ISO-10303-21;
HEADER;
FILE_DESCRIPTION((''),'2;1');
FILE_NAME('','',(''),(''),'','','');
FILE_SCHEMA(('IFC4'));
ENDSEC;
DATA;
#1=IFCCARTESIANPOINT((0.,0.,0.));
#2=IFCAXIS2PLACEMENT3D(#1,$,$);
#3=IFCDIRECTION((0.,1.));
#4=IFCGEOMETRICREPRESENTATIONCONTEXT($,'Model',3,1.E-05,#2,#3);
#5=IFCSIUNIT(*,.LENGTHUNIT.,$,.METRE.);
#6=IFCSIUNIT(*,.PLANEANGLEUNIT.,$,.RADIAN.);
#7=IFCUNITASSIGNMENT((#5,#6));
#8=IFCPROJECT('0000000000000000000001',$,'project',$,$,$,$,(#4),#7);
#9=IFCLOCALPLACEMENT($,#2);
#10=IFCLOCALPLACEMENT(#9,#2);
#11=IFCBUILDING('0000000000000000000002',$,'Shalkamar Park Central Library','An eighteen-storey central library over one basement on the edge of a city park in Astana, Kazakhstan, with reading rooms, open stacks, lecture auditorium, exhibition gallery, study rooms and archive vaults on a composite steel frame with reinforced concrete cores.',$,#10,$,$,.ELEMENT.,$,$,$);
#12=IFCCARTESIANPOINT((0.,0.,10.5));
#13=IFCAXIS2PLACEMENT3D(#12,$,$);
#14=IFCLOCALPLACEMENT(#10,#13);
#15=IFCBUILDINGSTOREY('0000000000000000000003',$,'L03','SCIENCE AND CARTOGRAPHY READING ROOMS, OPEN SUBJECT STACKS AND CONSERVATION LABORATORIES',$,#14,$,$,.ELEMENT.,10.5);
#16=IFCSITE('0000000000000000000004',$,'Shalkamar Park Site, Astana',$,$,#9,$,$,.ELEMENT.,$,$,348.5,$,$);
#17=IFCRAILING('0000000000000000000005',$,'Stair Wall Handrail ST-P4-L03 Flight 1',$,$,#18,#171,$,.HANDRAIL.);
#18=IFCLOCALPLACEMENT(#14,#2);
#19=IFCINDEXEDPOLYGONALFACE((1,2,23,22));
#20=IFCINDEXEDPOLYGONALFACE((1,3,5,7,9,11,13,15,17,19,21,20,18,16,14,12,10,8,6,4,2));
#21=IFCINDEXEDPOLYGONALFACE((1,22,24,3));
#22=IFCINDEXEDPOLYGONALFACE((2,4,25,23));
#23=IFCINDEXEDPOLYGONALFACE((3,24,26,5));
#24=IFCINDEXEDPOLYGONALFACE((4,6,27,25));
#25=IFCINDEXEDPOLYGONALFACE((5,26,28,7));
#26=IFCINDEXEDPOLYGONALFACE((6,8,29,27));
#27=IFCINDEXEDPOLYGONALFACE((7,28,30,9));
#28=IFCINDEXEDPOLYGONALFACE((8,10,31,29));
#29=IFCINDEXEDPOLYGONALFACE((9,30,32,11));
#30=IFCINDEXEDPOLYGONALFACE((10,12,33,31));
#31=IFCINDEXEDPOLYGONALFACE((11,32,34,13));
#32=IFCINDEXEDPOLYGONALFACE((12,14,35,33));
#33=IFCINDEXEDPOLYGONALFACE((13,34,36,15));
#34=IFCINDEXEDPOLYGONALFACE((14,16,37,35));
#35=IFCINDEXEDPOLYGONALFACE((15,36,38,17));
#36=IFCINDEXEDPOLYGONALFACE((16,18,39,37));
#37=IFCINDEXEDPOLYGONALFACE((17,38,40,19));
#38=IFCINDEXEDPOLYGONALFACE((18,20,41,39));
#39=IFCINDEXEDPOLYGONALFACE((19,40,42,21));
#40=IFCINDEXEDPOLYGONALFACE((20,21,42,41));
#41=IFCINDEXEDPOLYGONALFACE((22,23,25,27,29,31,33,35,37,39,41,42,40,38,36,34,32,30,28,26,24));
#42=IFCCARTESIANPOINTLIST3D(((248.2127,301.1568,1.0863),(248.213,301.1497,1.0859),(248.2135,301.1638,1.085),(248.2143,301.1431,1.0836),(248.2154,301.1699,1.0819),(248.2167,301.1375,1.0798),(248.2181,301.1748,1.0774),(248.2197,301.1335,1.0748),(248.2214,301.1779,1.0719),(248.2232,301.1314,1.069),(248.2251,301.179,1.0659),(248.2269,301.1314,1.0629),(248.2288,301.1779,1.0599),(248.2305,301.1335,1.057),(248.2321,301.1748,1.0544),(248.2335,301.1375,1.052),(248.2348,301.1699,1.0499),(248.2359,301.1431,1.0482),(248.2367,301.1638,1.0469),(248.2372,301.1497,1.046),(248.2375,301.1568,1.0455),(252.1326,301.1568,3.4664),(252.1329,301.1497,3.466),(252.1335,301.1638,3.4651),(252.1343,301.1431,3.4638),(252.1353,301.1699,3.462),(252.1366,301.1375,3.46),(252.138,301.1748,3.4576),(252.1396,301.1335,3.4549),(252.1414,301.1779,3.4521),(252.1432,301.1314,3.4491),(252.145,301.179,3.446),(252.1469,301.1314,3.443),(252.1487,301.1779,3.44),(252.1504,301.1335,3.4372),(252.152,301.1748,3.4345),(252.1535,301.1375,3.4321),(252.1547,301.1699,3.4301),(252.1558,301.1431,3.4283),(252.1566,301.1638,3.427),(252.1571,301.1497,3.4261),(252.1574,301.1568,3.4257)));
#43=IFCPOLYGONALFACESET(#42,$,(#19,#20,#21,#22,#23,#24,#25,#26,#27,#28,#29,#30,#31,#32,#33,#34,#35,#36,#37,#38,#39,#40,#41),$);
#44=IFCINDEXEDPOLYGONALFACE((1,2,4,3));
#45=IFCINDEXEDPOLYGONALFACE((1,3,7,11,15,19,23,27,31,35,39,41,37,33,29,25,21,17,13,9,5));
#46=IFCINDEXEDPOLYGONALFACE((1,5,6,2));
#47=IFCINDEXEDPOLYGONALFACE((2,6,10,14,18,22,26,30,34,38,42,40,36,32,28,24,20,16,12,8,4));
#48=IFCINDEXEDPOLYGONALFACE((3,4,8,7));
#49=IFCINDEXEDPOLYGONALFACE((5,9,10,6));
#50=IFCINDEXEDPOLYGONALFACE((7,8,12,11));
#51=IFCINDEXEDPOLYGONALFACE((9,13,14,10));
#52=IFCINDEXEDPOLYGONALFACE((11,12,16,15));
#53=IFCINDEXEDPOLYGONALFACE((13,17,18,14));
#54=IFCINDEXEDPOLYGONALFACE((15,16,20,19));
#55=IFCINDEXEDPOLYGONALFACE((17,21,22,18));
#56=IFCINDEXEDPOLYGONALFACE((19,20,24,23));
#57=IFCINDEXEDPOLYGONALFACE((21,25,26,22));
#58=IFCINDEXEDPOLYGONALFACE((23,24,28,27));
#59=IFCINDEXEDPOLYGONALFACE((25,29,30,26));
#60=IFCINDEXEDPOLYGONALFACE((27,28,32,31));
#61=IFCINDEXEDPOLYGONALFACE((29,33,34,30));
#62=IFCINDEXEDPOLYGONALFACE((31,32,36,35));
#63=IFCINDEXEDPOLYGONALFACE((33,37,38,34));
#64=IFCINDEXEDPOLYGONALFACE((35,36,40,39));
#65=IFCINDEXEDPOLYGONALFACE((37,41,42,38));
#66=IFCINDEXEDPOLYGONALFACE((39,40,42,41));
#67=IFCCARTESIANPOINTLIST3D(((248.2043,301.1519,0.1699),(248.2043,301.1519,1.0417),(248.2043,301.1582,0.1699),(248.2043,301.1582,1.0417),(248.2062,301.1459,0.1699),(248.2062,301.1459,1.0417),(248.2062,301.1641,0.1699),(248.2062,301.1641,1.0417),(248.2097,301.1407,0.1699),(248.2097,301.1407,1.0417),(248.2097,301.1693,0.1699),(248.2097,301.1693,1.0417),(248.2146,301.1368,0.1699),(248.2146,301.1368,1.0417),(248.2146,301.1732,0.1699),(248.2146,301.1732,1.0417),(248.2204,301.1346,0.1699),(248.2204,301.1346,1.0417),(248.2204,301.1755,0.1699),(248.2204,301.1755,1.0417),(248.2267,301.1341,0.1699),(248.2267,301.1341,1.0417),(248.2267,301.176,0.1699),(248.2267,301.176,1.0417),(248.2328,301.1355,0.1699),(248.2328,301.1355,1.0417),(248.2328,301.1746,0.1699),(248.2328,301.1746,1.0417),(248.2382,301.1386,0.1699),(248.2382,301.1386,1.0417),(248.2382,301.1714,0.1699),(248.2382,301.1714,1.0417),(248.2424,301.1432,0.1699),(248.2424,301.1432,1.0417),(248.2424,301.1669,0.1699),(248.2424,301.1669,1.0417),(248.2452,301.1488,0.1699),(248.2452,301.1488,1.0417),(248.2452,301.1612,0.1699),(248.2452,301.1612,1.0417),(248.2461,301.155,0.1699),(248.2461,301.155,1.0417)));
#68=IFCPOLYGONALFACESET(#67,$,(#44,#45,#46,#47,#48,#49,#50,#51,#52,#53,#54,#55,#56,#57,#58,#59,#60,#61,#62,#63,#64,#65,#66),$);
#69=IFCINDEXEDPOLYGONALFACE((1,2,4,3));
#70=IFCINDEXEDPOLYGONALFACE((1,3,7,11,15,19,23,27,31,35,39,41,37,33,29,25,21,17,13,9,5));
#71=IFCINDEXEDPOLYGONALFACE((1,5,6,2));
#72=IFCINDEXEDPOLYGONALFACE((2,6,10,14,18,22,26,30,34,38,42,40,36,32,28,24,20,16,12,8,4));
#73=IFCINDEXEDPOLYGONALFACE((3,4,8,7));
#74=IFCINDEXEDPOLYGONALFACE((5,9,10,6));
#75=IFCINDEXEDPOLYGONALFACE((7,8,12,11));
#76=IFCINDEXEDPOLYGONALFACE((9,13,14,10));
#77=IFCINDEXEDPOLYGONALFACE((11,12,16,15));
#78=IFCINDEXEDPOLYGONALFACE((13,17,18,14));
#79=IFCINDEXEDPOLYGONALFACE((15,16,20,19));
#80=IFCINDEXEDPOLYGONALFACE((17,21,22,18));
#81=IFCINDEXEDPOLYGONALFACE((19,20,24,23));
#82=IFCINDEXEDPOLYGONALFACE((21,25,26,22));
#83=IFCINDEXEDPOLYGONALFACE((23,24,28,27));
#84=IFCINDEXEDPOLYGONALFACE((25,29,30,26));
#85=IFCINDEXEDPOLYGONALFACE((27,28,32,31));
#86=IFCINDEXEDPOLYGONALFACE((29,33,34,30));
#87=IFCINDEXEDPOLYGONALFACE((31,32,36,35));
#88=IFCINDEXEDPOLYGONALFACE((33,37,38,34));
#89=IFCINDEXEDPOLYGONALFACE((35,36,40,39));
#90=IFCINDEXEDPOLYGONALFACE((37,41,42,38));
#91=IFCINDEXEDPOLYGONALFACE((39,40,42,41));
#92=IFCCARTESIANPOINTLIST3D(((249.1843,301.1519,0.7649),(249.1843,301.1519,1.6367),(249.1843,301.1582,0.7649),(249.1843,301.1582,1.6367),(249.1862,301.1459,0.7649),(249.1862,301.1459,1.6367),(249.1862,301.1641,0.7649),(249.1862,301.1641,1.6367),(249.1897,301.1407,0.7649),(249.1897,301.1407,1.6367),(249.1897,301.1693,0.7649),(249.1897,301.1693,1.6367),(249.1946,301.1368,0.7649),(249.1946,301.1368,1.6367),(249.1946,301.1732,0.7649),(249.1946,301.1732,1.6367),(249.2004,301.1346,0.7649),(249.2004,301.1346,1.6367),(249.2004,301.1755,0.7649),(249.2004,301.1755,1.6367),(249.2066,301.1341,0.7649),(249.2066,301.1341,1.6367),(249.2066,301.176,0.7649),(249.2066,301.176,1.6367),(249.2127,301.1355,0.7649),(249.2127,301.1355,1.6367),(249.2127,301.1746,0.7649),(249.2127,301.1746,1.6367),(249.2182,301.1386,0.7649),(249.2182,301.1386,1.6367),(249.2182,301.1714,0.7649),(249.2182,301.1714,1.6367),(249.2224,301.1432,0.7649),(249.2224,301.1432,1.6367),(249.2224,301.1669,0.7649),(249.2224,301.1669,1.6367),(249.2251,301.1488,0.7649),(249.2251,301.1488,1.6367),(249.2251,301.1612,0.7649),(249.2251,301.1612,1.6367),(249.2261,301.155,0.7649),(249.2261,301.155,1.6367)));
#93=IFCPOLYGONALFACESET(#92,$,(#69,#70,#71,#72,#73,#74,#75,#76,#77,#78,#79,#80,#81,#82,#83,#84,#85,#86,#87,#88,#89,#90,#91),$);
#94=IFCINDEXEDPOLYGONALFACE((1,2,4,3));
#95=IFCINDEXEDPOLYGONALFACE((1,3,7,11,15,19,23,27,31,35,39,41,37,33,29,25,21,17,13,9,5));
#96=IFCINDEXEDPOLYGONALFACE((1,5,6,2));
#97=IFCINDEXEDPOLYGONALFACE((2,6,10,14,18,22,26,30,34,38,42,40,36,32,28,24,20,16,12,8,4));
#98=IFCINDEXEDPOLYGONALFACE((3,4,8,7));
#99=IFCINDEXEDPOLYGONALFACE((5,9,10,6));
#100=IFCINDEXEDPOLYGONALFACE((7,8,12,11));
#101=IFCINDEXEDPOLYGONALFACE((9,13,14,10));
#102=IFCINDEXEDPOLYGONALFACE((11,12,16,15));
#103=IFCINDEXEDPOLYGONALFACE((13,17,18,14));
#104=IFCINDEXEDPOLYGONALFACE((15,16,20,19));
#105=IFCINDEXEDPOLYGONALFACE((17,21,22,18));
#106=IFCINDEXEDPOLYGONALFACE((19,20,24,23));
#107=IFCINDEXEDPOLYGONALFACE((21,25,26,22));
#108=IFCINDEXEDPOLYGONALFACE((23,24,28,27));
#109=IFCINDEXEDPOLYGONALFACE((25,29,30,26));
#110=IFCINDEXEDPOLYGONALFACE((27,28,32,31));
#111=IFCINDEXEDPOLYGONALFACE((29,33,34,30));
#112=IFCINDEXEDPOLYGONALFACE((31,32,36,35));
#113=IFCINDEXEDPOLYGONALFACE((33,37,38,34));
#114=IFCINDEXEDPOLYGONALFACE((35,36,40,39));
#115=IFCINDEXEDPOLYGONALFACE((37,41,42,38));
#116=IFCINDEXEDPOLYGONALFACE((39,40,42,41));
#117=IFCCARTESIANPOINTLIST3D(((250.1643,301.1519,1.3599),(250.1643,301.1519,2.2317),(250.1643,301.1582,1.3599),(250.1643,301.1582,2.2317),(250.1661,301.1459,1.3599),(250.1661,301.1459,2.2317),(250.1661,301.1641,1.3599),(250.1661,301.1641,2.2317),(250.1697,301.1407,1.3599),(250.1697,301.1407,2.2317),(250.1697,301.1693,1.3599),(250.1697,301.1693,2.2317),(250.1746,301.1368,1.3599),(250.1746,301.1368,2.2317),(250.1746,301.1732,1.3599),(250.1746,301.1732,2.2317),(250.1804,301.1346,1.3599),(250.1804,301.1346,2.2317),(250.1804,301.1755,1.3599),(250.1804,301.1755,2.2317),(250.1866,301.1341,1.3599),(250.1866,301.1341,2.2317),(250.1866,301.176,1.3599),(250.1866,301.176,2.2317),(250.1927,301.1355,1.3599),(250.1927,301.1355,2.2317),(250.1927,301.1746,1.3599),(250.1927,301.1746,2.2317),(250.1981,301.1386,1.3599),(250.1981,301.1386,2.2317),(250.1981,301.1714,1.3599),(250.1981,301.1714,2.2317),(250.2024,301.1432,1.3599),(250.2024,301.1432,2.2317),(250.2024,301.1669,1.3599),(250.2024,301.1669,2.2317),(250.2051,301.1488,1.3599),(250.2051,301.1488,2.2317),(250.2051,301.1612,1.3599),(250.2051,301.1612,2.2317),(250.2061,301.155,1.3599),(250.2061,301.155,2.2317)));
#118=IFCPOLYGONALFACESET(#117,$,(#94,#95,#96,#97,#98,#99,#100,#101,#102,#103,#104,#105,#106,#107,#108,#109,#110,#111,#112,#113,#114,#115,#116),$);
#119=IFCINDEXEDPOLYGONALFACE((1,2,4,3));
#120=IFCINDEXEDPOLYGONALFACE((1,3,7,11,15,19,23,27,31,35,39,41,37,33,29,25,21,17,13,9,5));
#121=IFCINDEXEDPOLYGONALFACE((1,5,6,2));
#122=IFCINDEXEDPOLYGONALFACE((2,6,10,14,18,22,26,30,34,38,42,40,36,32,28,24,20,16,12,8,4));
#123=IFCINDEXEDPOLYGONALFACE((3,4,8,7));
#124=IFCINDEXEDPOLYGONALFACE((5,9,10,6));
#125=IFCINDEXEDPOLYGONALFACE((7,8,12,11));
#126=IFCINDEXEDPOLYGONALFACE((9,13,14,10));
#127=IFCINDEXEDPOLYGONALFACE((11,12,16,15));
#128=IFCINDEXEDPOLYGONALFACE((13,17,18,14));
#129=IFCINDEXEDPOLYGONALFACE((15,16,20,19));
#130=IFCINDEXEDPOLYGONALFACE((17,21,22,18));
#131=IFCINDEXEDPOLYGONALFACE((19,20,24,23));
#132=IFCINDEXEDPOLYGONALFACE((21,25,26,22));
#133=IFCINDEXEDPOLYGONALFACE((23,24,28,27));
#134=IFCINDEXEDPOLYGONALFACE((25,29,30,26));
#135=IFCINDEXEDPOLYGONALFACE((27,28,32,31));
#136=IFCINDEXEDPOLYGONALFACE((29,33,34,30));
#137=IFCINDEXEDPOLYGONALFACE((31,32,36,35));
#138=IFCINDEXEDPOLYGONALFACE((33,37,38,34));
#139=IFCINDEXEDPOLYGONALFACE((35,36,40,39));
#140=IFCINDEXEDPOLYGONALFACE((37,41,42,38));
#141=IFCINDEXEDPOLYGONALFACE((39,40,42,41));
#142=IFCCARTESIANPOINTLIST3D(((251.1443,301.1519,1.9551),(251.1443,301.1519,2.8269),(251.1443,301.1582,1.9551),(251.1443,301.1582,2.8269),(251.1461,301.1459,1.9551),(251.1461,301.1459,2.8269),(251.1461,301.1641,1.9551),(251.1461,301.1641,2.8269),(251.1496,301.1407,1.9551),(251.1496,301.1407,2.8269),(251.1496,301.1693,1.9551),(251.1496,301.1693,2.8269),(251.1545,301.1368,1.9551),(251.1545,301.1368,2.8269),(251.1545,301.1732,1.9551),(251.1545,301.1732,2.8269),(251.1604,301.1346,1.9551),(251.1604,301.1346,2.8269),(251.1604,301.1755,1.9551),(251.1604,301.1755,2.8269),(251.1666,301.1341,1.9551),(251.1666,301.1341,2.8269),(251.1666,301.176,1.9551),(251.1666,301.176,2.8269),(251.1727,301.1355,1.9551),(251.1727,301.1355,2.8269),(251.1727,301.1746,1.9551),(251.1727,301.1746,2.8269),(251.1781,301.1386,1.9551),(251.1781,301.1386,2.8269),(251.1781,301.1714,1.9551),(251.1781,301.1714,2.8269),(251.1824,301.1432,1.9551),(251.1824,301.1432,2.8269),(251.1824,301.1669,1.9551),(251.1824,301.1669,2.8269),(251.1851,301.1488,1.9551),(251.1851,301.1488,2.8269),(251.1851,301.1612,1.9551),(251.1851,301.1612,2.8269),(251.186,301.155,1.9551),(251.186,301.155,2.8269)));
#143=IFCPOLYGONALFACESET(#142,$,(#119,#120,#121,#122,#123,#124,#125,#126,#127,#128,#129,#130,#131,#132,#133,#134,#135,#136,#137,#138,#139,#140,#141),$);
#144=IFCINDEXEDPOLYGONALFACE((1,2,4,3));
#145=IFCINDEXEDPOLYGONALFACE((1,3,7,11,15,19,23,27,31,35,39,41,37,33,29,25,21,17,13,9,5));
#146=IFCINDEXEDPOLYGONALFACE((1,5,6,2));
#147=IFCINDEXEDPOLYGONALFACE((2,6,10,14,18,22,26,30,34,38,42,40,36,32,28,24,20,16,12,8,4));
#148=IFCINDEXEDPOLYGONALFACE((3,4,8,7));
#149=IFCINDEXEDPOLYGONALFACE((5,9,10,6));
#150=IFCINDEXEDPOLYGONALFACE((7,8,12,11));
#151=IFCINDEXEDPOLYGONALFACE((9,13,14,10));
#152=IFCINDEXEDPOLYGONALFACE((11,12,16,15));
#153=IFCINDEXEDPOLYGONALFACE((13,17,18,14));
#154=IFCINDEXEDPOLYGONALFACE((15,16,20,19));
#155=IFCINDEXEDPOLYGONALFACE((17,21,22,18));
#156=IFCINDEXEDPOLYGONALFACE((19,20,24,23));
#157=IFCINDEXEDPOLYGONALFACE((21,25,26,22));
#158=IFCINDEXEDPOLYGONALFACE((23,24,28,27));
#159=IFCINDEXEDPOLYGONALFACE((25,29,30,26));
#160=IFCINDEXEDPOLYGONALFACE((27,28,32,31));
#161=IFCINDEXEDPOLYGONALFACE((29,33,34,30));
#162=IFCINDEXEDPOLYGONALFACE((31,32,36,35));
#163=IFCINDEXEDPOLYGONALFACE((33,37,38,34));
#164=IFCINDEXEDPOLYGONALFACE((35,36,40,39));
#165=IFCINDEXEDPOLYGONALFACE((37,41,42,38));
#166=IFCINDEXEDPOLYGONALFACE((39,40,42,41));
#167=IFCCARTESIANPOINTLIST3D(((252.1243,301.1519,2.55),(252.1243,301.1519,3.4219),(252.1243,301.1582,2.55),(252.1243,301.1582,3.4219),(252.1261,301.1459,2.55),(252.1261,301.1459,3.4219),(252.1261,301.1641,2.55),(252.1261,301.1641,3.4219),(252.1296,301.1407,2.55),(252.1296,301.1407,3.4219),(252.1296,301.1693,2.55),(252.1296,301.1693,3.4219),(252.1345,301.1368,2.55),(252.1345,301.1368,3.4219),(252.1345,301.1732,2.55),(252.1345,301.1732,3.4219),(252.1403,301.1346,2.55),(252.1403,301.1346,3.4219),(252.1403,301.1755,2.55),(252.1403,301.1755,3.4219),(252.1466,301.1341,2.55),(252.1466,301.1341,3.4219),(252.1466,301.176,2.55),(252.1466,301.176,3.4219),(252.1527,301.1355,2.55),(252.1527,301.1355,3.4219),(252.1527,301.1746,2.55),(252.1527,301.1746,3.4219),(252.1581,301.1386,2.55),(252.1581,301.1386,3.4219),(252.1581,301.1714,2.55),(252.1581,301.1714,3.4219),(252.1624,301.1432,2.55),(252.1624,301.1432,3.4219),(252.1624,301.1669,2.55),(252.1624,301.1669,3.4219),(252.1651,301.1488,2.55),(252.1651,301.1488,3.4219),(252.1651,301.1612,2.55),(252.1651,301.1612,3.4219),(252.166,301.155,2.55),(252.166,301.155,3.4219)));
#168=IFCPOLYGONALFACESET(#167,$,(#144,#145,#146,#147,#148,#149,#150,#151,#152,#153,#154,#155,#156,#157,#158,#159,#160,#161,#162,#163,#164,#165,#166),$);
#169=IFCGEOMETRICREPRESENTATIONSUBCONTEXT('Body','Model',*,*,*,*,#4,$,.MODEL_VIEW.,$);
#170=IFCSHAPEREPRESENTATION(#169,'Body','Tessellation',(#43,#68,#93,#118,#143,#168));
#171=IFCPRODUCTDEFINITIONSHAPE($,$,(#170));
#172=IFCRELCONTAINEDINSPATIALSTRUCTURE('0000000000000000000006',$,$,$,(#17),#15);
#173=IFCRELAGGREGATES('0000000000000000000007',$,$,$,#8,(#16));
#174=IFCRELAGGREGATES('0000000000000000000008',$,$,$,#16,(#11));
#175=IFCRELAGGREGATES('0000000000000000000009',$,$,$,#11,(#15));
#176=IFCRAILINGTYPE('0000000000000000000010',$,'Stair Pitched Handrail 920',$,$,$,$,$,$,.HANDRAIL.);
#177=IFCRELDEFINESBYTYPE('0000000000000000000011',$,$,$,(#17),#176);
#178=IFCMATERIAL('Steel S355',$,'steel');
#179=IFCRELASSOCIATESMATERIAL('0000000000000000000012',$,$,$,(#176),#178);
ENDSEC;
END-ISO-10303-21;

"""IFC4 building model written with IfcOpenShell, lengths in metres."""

from ifc_helpers import new_model, si_unit, direction, frame, origin, origin_2d, place, context, subcontext, project, spatial, circle, extrude, material, type_object, element, save


model = new_model("IFC4")

# Units and contexts
model_context = context("Model", 3, precision=1e-05, world=origin(), true_north=direction((0.0, 1.0)))
body_context = subcontext(model_context, "Body", "Model", "MODEL_VIEW")
ifc_project = project(units=[si_unit("LENGTHUNIT", "METRE"), si_unit("PLANEANGLEUNIT", "RADIAN")], contexts=[model_context])

# Site, building, storey
site_placement = place(None, origin())
site = spatial("IfcSite", under=ifc_project, at=site_placement, Name="Shalkamar Park Site, Astana", CompositionType="ELEMENT", RefElevation=348.5)
building_placement = place(site_placement, origin())
building = spatial("IfcBuilding", under=site, at=building_placement, Name="Shalkamar Park Central Library", Description="An eighteen-storey central library over one basement on the edge of a city park in Astana, Kazakhstan, with reading rooms, open stacks, lecture auditorium, exhibition gallery, study rooms and archive vaults on a composite steel frame with reinforced concrete cores.", CompositionType="ELEMENT")
storey_placement = place(building_placement, frame((0.0, 0.0, 10.5)))
storey = spatial("IfcBuildingStorey", under=building, at=storey_placement, Name="L03", Description="SCIENCE AND CARTOGRAPHY READING ROOMS, OPEN SUBJECT STACKS AND CONSERVATION LABORATORIES", CompositionType="ELEMENT", Elevation=10.5)

# Shared definitions
ifc_material_1 = material(Name="Steel S355", Category="steel")

# Railing
railing_type_1 = type_object("IfcRailingType", Name="Stair Pitched Handrail 920", PredefinedType="HANDRAIL", material=ifc_material_1)
railing_1_placement = place(storey_placement, frame((248.2251, 301.155, 0.1699)))
element("IfcRailing", 1, at=railing_1_placement, inside=storey, type_object=railing_type_1, Name="Stair Wall Handrail ST-P4-L03 Flight 1", PredefinedType="HANDRAIL", context=body_context, shape_type="SweptSolid", body=[
    extrude(circle(Radius=0.0239, at=origin_2d()), frame((0.0, 0.0, 0.896), z_axis=(0.854771, 0.0, 0.519006), x_axis=(0.0, 1.0, 0.0)), (0.0, 0.0, 1.0), 4.5859),
    extrude(circle(Radius=0.021, at=origin_2d()), origin(), (0.0, 0.0, 1.0), 0.8718),
    extrude(circle(Radius=0.021, at=origin_2d()), frame((0.98, 0.0, 0.595)), (0.0, 0.0, 1.0), 0.8718),
    extrude(circle(Radius=0.021, at=origin_2d()), frame((1.96, 0.0, 1.1899)), (0.0, 0.0, 1.0), 0.8718),
    extrude(circle(Radius=0.021, at=origin_2d()), frame((2.9399, 0.0, 1.7852)), (0.0, 0.0, 1.0), 0.8718),
    extrude(circle(Radius=0.021, at=origin_2d()), frame((3.9199, 0.0, 2.3801)), (0.0, 0.0, 1.0), 0.8718),
])

save(model, "model.ifc")
